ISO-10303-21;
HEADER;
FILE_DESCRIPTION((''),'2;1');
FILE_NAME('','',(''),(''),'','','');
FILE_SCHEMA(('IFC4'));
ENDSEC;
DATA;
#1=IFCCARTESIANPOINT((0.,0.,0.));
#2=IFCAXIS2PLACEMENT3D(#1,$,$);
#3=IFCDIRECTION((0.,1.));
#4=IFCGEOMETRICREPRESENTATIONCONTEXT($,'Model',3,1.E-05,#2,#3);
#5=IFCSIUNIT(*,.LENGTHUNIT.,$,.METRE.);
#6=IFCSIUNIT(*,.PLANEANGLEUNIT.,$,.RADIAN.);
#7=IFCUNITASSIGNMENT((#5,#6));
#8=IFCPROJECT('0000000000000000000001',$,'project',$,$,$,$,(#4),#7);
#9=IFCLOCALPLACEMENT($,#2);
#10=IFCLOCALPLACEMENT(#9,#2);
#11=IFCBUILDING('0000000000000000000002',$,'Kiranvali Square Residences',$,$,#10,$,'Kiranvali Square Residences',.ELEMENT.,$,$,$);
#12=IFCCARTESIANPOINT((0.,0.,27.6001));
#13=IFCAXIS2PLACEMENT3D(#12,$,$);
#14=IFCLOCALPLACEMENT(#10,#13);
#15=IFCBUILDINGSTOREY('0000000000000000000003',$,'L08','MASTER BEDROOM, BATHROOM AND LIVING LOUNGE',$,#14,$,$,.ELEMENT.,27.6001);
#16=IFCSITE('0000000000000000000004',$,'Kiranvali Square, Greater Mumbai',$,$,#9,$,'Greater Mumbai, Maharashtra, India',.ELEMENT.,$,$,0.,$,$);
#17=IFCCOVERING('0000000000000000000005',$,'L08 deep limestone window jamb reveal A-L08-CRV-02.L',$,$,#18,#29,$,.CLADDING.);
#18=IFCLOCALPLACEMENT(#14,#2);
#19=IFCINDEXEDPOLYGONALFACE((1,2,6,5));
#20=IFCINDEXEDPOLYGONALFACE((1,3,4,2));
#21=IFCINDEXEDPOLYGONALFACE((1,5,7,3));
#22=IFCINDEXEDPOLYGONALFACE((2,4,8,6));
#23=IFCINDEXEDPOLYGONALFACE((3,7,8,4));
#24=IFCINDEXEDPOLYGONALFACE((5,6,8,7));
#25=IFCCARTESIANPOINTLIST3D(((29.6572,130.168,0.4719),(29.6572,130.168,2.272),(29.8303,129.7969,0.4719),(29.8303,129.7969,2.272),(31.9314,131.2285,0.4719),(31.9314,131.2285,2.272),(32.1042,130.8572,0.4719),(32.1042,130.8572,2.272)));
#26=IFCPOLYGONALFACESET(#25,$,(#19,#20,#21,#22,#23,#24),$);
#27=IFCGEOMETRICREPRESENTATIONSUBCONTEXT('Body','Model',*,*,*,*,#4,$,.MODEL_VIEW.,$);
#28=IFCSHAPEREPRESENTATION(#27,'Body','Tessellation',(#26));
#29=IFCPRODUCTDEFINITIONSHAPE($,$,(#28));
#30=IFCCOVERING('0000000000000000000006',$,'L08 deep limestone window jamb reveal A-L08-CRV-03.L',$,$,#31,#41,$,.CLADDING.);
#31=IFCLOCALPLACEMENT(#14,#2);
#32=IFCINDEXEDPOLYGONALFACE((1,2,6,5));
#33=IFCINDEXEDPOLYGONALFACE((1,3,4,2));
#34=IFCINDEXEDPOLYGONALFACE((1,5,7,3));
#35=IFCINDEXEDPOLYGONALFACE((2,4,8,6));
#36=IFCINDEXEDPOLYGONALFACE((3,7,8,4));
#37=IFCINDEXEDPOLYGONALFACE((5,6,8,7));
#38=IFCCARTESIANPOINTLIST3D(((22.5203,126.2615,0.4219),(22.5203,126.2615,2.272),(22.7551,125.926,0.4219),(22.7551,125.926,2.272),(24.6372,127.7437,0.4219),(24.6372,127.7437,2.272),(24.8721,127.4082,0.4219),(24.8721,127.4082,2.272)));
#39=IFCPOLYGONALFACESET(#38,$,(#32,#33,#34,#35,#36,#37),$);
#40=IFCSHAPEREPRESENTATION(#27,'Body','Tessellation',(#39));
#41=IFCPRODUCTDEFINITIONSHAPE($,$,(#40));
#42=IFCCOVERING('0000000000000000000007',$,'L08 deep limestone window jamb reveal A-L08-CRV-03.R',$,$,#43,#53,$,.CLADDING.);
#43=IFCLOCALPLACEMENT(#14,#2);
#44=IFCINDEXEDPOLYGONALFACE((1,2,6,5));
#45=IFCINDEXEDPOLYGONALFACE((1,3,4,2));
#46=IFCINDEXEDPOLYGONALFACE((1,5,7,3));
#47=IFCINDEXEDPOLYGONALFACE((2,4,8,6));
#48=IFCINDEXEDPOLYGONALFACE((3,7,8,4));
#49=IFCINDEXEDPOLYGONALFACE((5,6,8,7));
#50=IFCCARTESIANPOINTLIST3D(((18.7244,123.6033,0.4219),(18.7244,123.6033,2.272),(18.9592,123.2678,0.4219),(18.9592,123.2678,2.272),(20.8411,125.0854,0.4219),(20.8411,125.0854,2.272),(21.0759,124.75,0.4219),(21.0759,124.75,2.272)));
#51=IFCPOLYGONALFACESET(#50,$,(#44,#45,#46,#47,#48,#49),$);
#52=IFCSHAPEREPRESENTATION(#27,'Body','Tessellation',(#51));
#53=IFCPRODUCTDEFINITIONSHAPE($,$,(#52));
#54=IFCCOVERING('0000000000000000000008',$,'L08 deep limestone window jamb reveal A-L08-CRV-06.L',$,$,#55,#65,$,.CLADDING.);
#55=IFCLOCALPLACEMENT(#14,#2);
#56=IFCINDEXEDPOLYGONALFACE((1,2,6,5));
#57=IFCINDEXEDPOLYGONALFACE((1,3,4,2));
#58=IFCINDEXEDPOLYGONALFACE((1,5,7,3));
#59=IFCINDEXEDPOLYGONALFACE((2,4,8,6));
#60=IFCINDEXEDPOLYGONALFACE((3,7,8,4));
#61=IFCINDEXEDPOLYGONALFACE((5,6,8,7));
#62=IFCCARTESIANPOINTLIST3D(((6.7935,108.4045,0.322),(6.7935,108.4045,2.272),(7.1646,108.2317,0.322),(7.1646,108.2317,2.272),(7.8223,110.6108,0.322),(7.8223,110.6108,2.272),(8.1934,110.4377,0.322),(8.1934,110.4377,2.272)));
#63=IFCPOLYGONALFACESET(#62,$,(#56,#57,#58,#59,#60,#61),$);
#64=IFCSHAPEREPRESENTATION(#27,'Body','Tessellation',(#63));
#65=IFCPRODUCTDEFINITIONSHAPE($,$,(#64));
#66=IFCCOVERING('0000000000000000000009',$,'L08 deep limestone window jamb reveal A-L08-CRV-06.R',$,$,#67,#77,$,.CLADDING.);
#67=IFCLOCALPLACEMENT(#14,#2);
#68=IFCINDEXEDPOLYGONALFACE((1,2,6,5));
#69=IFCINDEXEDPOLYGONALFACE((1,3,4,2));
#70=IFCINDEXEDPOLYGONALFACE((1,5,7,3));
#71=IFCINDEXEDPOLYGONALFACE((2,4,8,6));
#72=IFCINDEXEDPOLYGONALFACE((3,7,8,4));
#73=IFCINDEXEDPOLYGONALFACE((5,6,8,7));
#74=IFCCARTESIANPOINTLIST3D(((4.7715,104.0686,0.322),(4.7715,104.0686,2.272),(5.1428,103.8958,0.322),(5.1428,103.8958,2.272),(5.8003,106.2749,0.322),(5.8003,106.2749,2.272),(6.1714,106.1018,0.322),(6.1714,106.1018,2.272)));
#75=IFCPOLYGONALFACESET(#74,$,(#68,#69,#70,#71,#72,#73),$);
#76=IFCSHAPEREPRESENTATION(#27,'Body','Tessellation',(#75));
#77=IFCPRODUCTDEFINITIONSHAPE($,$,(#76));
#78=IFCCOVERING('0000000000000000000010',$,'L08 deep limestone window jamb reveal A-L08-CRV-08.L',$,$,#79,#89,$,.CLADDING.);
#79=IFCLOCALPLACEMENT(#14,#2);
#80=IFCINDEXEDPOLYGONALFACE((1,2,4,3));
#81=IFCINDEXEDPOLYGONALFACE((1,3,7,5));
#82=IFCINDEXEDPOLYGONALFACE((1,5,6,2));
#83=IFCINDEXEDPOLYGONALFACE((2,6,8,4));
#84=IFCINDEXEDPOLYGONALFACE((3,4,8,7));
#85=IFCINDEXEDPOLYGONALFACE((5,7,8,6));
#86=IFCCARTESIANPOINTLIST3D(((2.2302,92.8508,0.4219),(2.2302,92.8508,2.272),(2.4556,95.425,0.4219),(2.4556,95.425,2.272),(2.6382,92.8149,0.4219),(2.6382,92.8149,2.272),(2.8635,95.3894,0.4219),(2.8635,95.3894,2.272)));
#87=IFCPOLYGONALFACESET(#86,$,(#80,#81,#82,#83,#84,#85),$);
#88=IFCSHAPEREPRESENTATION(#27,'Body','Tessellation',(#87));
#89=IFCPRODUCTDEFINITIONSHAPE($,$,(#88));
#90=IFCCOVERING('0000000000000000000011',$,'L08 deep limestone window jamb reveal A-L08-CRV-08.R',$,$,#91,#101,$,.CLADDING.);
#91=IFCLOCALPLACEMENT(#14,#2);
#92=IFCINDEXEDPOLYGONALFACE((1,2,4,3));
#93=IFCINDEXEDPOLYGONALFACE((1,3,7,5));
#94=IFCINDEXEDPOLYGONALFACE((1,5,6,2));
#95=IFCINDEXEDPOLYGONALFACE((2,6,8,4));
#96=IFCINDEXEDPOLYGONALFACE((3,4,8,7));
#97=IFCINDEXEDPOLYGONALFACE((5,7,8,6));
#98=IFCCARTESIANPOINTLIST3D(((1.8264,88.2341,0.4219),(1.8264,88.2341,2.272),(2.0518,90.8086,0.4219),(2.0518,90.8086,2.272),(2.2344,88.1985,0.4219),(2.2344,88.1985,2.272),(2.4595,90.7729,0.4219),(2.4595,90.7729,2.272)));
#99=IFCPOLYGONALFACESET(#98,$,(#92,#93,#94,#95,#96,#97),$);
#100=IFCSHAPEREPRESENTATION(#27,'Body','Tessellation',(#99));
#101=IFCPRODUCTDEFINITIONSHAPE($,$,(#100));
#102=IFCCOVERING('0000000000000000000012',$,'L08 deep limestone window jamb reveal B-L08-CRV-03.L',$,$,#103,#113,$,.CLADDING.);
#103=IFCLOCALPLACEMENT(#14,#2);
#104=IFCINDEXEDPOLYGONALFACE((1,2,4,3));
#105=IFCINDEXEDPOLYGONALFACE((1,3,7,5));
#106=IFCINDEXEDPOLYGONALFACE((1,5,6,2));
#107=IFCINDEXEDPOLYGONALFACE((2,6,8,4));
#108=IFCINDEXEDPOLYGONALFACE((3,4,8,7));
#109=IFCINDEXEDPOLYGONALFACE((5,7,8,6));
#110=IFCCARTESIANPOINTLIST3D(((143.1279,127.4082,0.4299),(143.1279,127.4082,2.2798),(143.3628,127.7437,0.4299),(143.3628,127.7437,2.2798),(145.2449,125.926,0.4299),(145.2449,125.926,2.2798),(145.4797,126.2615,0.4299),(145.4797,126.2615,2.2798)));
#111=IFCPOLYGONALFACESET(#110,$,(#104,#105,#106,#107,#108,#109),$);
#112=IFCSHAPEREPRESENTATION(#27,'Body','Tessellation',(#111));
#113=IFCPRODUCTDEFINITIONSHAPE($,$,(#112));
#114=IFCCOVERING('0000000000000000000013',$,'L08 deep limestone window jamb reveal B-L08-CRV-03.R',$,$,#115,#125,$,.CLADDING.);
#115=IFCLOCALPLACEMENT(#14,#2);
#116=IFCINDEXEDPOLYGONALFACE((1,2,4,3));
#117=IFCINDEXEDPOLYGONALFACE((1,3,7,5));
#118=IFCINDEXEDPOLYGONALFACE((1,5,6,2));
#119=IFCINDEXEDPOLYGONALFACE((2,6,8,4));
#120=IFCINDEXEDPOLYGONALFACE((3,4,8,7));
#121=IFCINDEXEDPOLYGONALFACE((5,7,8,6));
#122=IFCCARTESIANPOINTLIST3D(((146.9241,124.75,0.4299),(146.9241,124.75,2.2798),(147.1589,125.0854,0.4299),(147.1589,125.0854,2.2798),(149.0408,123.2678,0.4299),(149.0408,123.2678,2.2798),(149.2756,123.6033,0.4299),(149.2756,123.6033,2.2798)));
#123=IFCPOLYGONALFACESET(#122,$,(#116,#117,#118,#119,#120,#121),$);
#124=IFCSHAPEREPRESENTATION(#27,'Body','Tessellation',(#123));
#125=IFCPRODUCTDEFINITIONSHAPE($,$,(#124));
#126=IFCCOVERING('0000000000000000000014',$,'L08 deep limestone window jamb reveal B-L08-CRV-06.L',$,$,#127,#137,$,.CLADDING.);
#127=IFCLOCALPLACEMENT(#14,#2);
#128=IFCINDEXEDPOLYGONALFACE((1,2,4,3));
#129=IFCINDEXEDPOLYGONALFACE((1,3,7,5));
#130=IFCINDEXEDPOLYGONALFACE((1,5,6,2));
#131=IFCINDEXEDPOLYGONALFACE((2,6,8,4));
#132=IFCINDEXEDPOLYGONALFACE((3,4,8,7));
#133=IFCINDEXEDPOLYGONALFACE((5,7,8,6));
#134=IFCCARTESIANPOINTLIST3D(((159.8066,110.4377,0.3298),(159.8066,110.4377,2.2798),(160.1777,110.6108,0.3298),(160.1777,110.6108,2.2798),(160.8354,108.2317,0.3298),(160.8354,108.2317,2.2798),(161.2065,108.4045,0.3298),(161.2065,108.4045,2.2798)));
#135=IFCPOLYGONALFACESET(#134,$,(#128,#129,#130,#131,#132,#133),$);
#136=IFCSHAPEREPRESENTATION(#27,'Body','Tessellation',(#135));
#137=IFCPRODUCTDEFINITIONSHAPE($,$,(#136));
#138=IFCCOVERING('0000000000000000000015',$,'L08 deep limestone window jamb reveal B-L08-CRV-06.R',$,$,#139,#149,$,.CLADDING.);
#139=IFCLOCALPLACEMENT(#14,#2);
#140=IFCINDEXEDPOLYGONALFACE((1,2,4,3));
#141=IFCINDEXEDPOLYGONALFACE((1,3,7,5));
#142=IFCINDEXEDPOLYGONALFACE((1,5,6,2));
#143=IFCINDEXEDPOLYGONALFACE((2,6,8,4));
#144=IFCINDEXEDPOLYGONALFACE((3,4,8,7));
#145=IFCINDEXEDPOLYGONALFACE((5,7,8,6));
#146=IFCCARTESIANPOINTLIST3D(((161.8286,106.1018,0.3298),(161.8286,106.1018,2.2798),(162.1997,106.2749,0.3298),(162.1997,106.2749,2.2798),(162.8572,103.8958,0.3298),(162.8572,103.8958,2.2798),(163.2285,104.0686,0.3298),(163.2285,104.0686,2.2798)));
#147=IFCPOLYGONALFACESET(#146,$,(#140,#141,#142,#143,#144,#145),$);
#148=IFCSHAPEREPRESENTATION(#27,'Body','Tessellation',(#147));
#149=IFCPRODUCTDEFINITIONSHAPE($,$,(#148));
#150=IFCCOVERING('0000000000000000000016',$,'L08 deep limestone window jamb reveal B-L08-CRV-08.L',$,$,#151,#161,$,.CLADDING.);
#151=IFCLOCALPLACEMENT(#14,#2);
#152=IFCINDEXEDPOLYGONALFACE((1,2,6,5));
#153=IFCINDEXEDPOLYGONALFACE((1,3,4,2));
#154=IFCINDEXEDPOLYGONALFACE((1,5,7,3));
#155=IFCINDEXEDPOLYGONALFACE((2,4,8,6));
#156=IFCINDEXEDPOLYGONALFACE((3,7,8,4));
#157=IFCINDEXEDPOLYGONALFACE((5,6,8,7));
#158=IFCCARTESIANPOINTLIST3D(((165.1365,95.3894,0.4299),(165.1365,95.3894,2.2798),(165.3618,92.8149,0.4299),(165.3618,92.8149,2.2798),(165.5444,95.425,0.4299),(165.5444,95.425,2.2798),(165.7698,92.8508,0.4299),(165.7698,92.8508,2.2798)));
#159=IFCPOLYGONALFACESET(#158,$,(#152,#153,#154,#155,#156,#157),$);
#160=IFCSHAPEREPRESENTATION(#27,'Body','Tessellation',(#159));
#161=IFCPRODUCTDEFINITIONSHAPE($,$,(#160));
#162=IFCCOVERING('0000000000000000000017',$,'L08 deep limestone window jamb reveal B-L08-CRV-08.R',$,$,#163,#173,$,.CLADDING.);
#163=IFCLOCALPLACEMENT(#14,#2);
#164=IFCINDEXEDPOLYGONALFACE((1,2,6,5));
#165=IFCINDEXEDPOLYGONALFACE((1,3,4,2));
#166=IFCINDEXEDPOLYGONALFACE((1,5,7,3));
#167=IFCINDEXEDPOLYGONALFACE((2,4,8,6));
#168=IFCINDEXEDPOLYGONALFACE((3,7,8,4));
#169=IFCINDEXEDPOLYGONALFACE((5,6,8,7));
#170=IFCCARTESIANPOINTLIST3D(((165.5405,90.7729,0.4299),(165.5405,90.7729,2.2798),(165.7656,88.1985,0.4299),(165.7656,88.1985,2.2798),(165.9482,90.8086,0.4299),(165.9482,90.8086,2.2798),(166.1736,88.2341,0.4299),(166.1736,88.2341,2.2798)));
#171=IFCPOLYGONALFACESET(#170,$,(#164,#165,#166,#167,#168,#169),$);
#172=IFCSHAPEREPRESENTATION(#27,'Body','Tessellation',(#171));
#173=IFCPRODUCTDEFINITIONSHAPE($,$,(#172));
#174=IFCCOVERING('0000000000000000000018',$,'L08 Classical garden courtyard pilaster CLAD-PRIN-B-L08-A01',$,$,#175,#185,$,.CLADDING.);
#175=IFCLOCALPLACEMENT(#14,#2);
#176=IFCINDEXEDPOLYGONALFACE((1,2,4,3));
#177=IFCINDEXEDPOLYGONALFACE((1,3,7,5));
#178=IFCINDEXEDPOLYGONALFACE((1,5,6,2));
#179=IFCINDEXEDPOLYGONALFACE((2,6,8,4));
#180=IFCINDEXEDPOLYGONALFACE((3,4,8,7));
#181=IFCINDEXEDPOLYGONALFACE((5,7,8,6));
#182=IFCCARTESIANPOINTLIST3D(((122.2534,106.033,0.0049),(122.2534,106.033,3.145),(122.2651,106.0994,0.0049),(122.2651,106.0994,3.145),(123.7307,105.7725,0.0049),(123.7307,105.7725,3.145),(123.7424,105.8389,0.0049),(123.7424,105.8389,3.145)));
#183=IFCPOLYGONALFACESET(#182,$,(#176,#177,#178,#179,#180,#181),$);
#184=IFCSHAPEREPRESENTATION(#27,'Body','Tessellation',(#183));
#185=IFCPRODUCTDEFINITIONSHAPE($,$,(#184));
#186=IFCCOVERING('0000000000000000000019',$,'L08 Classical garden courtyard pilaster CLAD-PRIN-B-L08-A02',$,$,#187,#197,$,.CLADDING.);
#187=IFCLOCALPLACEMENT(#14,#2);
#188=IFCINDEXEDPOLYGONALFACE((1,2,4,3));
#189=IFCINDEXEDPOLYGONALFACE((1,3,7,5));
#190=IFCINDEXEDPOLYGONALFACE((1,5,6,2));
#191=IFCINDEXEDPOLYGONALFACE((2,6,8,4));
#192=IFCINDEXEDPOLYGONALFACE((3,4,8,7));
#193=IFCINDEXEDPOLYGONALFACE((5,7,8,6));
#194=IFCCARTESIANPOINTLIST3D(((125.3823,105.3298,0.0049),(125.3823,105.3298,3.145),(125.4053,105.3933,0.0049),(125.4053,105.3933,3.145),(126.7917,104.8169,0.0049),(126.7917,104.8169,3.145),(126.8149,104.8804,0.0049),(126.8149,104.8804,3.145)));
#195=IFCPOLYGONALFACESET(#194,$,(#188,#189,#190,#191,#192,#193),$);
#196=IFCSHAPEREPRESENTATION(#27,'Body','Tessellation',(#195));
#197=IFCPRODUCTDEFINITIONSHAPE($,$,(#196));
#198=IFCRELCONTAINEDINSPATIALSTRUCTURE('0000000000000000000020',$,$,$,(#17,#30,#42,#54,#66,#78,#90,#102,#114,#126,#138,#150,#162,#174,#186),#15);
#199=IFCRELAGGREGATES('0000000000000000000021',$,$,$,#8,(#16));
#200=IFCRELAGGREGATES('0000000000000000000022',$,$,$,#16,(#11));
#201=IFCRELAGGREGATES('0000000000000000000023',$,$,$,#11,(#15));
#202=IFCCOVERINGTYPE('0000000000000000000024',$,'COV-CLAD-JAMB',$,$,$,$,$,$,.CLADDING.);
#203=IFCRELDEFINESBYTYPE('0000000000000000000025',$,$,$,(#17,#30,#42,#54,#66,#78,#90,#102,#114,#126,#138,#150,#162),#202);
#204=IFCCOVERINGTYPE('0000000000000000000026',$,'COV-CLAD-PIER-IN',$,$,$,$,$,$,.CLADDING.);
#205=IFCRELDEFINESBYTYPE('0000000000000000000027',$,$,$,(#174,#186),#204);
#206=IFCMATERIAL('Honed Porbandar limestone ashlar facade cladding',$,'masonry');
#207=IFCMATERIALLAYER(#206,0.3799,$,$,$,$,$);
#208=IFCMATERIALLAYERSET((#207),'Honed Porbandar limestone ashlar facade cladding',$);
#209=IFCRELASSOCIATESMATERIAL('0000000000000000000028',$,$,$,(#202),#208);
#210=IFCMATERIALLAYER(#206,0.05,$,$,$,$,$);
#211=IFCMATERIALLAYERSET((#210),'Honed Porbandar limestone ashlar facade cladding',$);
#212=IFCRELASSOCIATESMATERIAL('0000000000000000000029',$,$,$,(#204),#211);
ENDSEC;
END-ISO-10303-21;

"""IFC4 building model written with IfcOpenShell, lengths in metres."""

from ifc_helpers import new_model, si_unit, direction, frame, origin, place, context, subcontext, project, spatial, polyline, outline, extrude, material, layer, layer_set, type_object, element, save


model = new_model("IFC4")

# Units and contexts
model_context = context("Model", 3, precision=1e-05, world=origin(), true_north=direction((0.0, 1.0)))
body_context = subcontext(model_context, "Body", "Model", "MODEL_VIEW")
ifc_project = project(units=[si_unit("LENGTHUNIT", "METRE"), si_unit("PLANEANGLEUNIT", "RADIAN")], contexts=[model_context])

# Site, building, storey
site_placement = place(None, origin())
site = spatial("IfcSite", under=ifc_project, at=site_placement, Name="Kiranvali Square, Greater Mumbai", LongName="Greater Mumbai, Maharashtra, India", CompositionType="ELEMENT", RefElevation=0.0)
building_placement = place(site_placement, origin())
building = spatial("IfcBuilding", under=site, at=building_placement, Name="Kiranvali Square Residences", LongName="Kiranvali Square Residences", CompositionType="ELEMENT")
storey_placement = place(building_placement, frame((0.0, 0.0, 27.6001)))
storey = spatial("IfcBuildingStorey", under=building, at=storey_placement, Name="L08", Description="MASTER BEDROOM, BATHROOM AND LIVING LOUNGE", CompositionType="ELEMENT", Elevation=27.6001)

# Coverings
ifc_material = material(Name="Honed Porbandar limestone ashlar facade cladding", Category="masonry")
ifc_layer_1 = layer(ifc_material, 0.3799)
ifc_layer_set_1 = layer_set([ifc_layer_1], Name="Honed Porbandar limestone ashlar facade cladding")
covering_type_1 = type_object("IfcCoveringType", Name="COV-CLAD-JAMB", PredefinedType="CLADDING", material=ifc_layer_set_1)
covering_1_placement = place(storey_placement, frame((0.0, 0.0, 0.4719)))
element("IfcCovering", 1, at=covering_1_placement, inside=storey, type_object=covering_type_1, Name="L08 deep limestone window jamb reveal A-L08-CRV-02.L", PredefinedType="CLADDING", context=body_context, shape_type="SweptSolid", body=[
    extrude(outline(polyline([(31.9314, 131.2285), (29.6572, 130.168), (29.8303, 129.7969), (32.1042, 130.8572), (31.9314, 131.2285)])), origin(), (0.0, 0.0, 1.0), 1.8),
])
covering_2_placement = place(storey_placement, frame((0.0, 0.0, 0.4219)))
element("IfcCovering", 2, at=covering_2_placement, inside=storey, type_object=covering_type_1, Name="L08 deep limestone window jamb reveal A-L08-CRV-03.L", PredefinedType="CLADDING", context=body_context, shape_type="SweptSolid", body=[
    extrude(outline(polyline([(24.6372, 127.7437), (22.5203, 126.2615), (22.7551, 125.926), (24.8721, 127.4082), (24.6372, 127.7437)])), origin(), (0.0, 0.0, 1.0), 1.8501),
])
covering_3_placement = place(storey_placement, frame((0.0, 0.0, 0.4219)))
element("IfcCovering", 3, at=covering_3_placement, inside=storey, type_object=covering_type_1, Name="L08 deep limestone window jamb reveal A-L08-CRV-03.R", PredefinedType="CLADDING", context=body_context, shape_type="SweptSolid", body=[
    extrude(outline(polyline([(20.8411, 125.0854), (18.7244, 123.6033), (18.9592, 123.2678), (21.0759, 124.75), (20.8411, 125.0854)])), origin(), (0.0, 0.0, 1.0), 1.8501),
])
covering_4_placement = place(storey_placement, frame((0.0, 0.0, 0.322)))
element("IfcCovering", 4, at=covering_4_placement, inside=storey, type_object=covering_type_1, Name="L08 deep limestone window jamb reveal A-L08-CRV-06.L", PredefinedType="CLADDING", context=body_context, shape_type="SweptSolid", body=[
    extrude(outline(polyline([(7.8223, 110.6108), (6.7935, 108.4045), (7.1646, 108.2317), (8.1934, 110.4377), (7.8223, 110.6108)])), origin(), (0.0, 0.0, 1.0), 1.95),
])
covering_5_placement = place(storey_placement, frame((0.0, 0.0, 0.322)))
element("IfcCovering", 5, at=covering_5_placement, inside=storey, type_object=covering_type_1, Name="L08 deep limestone window jamb reveal A-L08-CRV-06.R", PredefinedType="CLADDING", context=body_context, shape_type="SweptSolid", body=[
    extrude(outline(polyline([(5.8003, 106.2749), (4.7715, 104.0686), (5.1428, 103.8958), (6.1714, 106.1018), (5.8003, 106.2749)])), origin(), (0.0, 0.0, 1.0), 1.95),
])
covering_6_placement = place(storey_placement, frame((0.0, 0.0, 0.4219)))
element("IfcCovering", 6, at=covering_6_placement, inside=storey, type_object=covering_type_1, Name="L08 deep limestone window jamb reveal A-L08-CRV-08.L", PredefinedType="CLADDING", context=body_context, shape_type="SweptSolid", body=[
    extrude(outline(polyline([(2.4556, 95.425), (2.2302, 92.8508), (2.6382, 92.8149), (2.8635, 95.3894), (2.4556, 95.425)])), origin(), (0.0, 0.0, 1.0), 1.8501),
])
covering_7_placement = place(storey_placement, frame((0.0, 0.0, 0.4219)))
element("IfcCovering", 7, at=covering_7_placement, inside=storey, type_object=covering_type_1, Name="L08 deep limestone window jamb reveal A-L08-CRV-08.R", PredefinedType="CLADDING", context=body_context, shape_type="SweptSolid", body=[
    extrude(outline(polyline([(2.0518, 90.8086), (1.8264, 88.2341), (2.2344, 88.1985), (2.4595, 90.7729), (2.0518, 90.8086)])), origin(), (0.0, 0.0, 1.0), 1.8501),
])
covering_8_placement = place(storey_placement, frame((0.0, 0.0, 0.4299)))
element("IfcCovering", 8, at=covering_8_placement, inside=storey, type_object=covering_type_1, Name="L08 deep limestone window jamb reveal B-L08-CRV-03.L", PredefinedType="CLADDING", context=body_context, shape_type="SweptSolid", body=[
    extrude(outline(polyline([(143.1279, 127.4082), (145.2449, 125.926), (145.4797, 126.2615), (143.3628, 127.7437), (143.1279, 127.4082)])), origin(), (0.0, 0.0, 1.0), 1.8499),
])
covering_9_placement = place(storey_placement, frame((0.0, 0.0, 0.4299)))
element("IfcCovering", 9, at=covering_9_placement, inside=storey, type_object=covering_type_1, Name="L08 deep limestone window jamb reveal B-L08-CRV-03.R", PredefinedType="CLADDING", context=body_context, shape_type="SweptSolid", body=[
    extrude(outline(polyline([(146.9241, 124.75), (149.0408, 123.2678), (149.2756, 123.6033), (147.1589, 125.0854), (146.9241, 124.75)])), origin(), (0.0, 0.0, 1.0), 1.8499),
])
covering_10_placement = place(storey_placement, frame((0.0, 0.0, 0.3298)))
element("IfcCovering", 10, at=covering_10_placement, inside=storey, type_object=covering_type_1, Name="L08 deep limestone window jamb reveal B-L08-CRV-06.L", PredefinedType="CLADDING", context=body_context, shape_type="SweptSolid", body=[
    extrude(outline(polyline([(159.8066, 110.4377), (160.8354, 108.2317), (161.2065, 108.4045), (160.1777, 110.6108), (159.8066, 110.4377)])), origin(), (0.0, 0.0, 1.0), 1.95),
])
covering_11_placement = place(storey_placement, frame((0.0, 0.0, 0.3298)))
element("IfcCovering", 11, at=covering_11_placement, inside=storey, type_object=covering_type_1, Name="L08 deep limestone window jamb reveal B-L08-CRV-06.R", PredefinedType="CLADDING", context=body_context, shape_type="SweptSolid", body=[
    extrude(outline(polyline([(161.8286, 106.1018), (162.8572, 103.8958), (163.2285, 104.0686), (162.1997, 106.2749), (161.8286, 106.1018)])), origin(), (0.0, 0.0, 1.0), 1.95),
])
covering_12_placement = place(storey_placement, frame((0.0, 0.0, 0.4299)))
element("IfcCovering", 12, at=covering_12_placement, inside=storey, type_object=covering_type_1, Name="L08 deep limestone window jamb reveal B-L08-CRV-08.L", PredefinedType="CLADDING", context=body_context, shape_type="SweptSolid", body=[
    extrude(outline(polyline([(165.1365, 95.3894), (165.3618, 92.8149), (165.7698, 92.8508), (165.5444, 95.425), (165.1365, 95.3894)])), origin(), (0.0, 0.0, 1.0), 1.8499),
])
covering_13_placement = place(storey_placement, frame((0.0, 0.0, 0.4299)))
element("IfcCovering", 13, at=covering_13_placement, inside=storey, type_object=covering_type_1, Name="L08 deep limestone window jamb reveal B-L08-CRV-08.R", PredefinedType="CLADDING", context=body_context, shape_type="SweptSolid", body=[
    extrude(outline(polyline([(165.5405, 90.7729), (165.7656, 88.1985), (166.1736, 88.2341), (165.9482, 90.8086), (165.5405, 90.7729)])), origin(), (0.0, 0.0, 1.0), 1.8499),
])
ifc_layer_2 = layer(ifc_material, 0.05)
ifc_layer_set_2 = layer_set([ifc_layer_2], Name="Honed Porbandar limestone ashlar facade cladding")
covering_type_2 = type_object("IfcCoveringType", Name="COV-CLAD-PIER-IN", PredefinedType="CLADDING", material=ifc_layer_set_2)
covering_14_placement = place(storey_placement, frame((0.0, 0.0, 0.0049)))
element("IfcCovering", 14, at=covering_14_placement, inside=storey, type_object=covering_type_2, Name="L08 Classical garden courtyard pilaster CLAD-PRIN-B-L08-A01", PredefinedType="CLADDING", context=body_context, shape_type="SweptSolid", body=[
    extrude(outline(polyline([(122.2534, 106.033), (123.7307, 105.7725), (123.7424, 105.8389), (122.2651, 106.0994), (122.2534, 106.033)])), origin(), (0.0, 0.0, 1.0), 3.1401),
])
covering_15_placement = place(storey_placement, frame((0.0, 0.0, 0.0049)))
element("IfcCovering", 15, at=covering_15_placement, inside=storey, type_object=covering_type_2, Name="L08 Classical garden courtyard pilaster CLAD-PRIN-B-L08-A02", PredefinedType="CLADDING", context=body_context, shape_type="SweptSolid", body=[
    extrude(outline(polyline([(125.3823, 105.3298), (126.7917, 104.8169), (126.8149, 104.8804), (125.4053, 105.3933), (125.3823, 105.3298)])), origin(), (0.0, 0.0, 1.0), 3.1401),
])

save(model, "model.ifc")
